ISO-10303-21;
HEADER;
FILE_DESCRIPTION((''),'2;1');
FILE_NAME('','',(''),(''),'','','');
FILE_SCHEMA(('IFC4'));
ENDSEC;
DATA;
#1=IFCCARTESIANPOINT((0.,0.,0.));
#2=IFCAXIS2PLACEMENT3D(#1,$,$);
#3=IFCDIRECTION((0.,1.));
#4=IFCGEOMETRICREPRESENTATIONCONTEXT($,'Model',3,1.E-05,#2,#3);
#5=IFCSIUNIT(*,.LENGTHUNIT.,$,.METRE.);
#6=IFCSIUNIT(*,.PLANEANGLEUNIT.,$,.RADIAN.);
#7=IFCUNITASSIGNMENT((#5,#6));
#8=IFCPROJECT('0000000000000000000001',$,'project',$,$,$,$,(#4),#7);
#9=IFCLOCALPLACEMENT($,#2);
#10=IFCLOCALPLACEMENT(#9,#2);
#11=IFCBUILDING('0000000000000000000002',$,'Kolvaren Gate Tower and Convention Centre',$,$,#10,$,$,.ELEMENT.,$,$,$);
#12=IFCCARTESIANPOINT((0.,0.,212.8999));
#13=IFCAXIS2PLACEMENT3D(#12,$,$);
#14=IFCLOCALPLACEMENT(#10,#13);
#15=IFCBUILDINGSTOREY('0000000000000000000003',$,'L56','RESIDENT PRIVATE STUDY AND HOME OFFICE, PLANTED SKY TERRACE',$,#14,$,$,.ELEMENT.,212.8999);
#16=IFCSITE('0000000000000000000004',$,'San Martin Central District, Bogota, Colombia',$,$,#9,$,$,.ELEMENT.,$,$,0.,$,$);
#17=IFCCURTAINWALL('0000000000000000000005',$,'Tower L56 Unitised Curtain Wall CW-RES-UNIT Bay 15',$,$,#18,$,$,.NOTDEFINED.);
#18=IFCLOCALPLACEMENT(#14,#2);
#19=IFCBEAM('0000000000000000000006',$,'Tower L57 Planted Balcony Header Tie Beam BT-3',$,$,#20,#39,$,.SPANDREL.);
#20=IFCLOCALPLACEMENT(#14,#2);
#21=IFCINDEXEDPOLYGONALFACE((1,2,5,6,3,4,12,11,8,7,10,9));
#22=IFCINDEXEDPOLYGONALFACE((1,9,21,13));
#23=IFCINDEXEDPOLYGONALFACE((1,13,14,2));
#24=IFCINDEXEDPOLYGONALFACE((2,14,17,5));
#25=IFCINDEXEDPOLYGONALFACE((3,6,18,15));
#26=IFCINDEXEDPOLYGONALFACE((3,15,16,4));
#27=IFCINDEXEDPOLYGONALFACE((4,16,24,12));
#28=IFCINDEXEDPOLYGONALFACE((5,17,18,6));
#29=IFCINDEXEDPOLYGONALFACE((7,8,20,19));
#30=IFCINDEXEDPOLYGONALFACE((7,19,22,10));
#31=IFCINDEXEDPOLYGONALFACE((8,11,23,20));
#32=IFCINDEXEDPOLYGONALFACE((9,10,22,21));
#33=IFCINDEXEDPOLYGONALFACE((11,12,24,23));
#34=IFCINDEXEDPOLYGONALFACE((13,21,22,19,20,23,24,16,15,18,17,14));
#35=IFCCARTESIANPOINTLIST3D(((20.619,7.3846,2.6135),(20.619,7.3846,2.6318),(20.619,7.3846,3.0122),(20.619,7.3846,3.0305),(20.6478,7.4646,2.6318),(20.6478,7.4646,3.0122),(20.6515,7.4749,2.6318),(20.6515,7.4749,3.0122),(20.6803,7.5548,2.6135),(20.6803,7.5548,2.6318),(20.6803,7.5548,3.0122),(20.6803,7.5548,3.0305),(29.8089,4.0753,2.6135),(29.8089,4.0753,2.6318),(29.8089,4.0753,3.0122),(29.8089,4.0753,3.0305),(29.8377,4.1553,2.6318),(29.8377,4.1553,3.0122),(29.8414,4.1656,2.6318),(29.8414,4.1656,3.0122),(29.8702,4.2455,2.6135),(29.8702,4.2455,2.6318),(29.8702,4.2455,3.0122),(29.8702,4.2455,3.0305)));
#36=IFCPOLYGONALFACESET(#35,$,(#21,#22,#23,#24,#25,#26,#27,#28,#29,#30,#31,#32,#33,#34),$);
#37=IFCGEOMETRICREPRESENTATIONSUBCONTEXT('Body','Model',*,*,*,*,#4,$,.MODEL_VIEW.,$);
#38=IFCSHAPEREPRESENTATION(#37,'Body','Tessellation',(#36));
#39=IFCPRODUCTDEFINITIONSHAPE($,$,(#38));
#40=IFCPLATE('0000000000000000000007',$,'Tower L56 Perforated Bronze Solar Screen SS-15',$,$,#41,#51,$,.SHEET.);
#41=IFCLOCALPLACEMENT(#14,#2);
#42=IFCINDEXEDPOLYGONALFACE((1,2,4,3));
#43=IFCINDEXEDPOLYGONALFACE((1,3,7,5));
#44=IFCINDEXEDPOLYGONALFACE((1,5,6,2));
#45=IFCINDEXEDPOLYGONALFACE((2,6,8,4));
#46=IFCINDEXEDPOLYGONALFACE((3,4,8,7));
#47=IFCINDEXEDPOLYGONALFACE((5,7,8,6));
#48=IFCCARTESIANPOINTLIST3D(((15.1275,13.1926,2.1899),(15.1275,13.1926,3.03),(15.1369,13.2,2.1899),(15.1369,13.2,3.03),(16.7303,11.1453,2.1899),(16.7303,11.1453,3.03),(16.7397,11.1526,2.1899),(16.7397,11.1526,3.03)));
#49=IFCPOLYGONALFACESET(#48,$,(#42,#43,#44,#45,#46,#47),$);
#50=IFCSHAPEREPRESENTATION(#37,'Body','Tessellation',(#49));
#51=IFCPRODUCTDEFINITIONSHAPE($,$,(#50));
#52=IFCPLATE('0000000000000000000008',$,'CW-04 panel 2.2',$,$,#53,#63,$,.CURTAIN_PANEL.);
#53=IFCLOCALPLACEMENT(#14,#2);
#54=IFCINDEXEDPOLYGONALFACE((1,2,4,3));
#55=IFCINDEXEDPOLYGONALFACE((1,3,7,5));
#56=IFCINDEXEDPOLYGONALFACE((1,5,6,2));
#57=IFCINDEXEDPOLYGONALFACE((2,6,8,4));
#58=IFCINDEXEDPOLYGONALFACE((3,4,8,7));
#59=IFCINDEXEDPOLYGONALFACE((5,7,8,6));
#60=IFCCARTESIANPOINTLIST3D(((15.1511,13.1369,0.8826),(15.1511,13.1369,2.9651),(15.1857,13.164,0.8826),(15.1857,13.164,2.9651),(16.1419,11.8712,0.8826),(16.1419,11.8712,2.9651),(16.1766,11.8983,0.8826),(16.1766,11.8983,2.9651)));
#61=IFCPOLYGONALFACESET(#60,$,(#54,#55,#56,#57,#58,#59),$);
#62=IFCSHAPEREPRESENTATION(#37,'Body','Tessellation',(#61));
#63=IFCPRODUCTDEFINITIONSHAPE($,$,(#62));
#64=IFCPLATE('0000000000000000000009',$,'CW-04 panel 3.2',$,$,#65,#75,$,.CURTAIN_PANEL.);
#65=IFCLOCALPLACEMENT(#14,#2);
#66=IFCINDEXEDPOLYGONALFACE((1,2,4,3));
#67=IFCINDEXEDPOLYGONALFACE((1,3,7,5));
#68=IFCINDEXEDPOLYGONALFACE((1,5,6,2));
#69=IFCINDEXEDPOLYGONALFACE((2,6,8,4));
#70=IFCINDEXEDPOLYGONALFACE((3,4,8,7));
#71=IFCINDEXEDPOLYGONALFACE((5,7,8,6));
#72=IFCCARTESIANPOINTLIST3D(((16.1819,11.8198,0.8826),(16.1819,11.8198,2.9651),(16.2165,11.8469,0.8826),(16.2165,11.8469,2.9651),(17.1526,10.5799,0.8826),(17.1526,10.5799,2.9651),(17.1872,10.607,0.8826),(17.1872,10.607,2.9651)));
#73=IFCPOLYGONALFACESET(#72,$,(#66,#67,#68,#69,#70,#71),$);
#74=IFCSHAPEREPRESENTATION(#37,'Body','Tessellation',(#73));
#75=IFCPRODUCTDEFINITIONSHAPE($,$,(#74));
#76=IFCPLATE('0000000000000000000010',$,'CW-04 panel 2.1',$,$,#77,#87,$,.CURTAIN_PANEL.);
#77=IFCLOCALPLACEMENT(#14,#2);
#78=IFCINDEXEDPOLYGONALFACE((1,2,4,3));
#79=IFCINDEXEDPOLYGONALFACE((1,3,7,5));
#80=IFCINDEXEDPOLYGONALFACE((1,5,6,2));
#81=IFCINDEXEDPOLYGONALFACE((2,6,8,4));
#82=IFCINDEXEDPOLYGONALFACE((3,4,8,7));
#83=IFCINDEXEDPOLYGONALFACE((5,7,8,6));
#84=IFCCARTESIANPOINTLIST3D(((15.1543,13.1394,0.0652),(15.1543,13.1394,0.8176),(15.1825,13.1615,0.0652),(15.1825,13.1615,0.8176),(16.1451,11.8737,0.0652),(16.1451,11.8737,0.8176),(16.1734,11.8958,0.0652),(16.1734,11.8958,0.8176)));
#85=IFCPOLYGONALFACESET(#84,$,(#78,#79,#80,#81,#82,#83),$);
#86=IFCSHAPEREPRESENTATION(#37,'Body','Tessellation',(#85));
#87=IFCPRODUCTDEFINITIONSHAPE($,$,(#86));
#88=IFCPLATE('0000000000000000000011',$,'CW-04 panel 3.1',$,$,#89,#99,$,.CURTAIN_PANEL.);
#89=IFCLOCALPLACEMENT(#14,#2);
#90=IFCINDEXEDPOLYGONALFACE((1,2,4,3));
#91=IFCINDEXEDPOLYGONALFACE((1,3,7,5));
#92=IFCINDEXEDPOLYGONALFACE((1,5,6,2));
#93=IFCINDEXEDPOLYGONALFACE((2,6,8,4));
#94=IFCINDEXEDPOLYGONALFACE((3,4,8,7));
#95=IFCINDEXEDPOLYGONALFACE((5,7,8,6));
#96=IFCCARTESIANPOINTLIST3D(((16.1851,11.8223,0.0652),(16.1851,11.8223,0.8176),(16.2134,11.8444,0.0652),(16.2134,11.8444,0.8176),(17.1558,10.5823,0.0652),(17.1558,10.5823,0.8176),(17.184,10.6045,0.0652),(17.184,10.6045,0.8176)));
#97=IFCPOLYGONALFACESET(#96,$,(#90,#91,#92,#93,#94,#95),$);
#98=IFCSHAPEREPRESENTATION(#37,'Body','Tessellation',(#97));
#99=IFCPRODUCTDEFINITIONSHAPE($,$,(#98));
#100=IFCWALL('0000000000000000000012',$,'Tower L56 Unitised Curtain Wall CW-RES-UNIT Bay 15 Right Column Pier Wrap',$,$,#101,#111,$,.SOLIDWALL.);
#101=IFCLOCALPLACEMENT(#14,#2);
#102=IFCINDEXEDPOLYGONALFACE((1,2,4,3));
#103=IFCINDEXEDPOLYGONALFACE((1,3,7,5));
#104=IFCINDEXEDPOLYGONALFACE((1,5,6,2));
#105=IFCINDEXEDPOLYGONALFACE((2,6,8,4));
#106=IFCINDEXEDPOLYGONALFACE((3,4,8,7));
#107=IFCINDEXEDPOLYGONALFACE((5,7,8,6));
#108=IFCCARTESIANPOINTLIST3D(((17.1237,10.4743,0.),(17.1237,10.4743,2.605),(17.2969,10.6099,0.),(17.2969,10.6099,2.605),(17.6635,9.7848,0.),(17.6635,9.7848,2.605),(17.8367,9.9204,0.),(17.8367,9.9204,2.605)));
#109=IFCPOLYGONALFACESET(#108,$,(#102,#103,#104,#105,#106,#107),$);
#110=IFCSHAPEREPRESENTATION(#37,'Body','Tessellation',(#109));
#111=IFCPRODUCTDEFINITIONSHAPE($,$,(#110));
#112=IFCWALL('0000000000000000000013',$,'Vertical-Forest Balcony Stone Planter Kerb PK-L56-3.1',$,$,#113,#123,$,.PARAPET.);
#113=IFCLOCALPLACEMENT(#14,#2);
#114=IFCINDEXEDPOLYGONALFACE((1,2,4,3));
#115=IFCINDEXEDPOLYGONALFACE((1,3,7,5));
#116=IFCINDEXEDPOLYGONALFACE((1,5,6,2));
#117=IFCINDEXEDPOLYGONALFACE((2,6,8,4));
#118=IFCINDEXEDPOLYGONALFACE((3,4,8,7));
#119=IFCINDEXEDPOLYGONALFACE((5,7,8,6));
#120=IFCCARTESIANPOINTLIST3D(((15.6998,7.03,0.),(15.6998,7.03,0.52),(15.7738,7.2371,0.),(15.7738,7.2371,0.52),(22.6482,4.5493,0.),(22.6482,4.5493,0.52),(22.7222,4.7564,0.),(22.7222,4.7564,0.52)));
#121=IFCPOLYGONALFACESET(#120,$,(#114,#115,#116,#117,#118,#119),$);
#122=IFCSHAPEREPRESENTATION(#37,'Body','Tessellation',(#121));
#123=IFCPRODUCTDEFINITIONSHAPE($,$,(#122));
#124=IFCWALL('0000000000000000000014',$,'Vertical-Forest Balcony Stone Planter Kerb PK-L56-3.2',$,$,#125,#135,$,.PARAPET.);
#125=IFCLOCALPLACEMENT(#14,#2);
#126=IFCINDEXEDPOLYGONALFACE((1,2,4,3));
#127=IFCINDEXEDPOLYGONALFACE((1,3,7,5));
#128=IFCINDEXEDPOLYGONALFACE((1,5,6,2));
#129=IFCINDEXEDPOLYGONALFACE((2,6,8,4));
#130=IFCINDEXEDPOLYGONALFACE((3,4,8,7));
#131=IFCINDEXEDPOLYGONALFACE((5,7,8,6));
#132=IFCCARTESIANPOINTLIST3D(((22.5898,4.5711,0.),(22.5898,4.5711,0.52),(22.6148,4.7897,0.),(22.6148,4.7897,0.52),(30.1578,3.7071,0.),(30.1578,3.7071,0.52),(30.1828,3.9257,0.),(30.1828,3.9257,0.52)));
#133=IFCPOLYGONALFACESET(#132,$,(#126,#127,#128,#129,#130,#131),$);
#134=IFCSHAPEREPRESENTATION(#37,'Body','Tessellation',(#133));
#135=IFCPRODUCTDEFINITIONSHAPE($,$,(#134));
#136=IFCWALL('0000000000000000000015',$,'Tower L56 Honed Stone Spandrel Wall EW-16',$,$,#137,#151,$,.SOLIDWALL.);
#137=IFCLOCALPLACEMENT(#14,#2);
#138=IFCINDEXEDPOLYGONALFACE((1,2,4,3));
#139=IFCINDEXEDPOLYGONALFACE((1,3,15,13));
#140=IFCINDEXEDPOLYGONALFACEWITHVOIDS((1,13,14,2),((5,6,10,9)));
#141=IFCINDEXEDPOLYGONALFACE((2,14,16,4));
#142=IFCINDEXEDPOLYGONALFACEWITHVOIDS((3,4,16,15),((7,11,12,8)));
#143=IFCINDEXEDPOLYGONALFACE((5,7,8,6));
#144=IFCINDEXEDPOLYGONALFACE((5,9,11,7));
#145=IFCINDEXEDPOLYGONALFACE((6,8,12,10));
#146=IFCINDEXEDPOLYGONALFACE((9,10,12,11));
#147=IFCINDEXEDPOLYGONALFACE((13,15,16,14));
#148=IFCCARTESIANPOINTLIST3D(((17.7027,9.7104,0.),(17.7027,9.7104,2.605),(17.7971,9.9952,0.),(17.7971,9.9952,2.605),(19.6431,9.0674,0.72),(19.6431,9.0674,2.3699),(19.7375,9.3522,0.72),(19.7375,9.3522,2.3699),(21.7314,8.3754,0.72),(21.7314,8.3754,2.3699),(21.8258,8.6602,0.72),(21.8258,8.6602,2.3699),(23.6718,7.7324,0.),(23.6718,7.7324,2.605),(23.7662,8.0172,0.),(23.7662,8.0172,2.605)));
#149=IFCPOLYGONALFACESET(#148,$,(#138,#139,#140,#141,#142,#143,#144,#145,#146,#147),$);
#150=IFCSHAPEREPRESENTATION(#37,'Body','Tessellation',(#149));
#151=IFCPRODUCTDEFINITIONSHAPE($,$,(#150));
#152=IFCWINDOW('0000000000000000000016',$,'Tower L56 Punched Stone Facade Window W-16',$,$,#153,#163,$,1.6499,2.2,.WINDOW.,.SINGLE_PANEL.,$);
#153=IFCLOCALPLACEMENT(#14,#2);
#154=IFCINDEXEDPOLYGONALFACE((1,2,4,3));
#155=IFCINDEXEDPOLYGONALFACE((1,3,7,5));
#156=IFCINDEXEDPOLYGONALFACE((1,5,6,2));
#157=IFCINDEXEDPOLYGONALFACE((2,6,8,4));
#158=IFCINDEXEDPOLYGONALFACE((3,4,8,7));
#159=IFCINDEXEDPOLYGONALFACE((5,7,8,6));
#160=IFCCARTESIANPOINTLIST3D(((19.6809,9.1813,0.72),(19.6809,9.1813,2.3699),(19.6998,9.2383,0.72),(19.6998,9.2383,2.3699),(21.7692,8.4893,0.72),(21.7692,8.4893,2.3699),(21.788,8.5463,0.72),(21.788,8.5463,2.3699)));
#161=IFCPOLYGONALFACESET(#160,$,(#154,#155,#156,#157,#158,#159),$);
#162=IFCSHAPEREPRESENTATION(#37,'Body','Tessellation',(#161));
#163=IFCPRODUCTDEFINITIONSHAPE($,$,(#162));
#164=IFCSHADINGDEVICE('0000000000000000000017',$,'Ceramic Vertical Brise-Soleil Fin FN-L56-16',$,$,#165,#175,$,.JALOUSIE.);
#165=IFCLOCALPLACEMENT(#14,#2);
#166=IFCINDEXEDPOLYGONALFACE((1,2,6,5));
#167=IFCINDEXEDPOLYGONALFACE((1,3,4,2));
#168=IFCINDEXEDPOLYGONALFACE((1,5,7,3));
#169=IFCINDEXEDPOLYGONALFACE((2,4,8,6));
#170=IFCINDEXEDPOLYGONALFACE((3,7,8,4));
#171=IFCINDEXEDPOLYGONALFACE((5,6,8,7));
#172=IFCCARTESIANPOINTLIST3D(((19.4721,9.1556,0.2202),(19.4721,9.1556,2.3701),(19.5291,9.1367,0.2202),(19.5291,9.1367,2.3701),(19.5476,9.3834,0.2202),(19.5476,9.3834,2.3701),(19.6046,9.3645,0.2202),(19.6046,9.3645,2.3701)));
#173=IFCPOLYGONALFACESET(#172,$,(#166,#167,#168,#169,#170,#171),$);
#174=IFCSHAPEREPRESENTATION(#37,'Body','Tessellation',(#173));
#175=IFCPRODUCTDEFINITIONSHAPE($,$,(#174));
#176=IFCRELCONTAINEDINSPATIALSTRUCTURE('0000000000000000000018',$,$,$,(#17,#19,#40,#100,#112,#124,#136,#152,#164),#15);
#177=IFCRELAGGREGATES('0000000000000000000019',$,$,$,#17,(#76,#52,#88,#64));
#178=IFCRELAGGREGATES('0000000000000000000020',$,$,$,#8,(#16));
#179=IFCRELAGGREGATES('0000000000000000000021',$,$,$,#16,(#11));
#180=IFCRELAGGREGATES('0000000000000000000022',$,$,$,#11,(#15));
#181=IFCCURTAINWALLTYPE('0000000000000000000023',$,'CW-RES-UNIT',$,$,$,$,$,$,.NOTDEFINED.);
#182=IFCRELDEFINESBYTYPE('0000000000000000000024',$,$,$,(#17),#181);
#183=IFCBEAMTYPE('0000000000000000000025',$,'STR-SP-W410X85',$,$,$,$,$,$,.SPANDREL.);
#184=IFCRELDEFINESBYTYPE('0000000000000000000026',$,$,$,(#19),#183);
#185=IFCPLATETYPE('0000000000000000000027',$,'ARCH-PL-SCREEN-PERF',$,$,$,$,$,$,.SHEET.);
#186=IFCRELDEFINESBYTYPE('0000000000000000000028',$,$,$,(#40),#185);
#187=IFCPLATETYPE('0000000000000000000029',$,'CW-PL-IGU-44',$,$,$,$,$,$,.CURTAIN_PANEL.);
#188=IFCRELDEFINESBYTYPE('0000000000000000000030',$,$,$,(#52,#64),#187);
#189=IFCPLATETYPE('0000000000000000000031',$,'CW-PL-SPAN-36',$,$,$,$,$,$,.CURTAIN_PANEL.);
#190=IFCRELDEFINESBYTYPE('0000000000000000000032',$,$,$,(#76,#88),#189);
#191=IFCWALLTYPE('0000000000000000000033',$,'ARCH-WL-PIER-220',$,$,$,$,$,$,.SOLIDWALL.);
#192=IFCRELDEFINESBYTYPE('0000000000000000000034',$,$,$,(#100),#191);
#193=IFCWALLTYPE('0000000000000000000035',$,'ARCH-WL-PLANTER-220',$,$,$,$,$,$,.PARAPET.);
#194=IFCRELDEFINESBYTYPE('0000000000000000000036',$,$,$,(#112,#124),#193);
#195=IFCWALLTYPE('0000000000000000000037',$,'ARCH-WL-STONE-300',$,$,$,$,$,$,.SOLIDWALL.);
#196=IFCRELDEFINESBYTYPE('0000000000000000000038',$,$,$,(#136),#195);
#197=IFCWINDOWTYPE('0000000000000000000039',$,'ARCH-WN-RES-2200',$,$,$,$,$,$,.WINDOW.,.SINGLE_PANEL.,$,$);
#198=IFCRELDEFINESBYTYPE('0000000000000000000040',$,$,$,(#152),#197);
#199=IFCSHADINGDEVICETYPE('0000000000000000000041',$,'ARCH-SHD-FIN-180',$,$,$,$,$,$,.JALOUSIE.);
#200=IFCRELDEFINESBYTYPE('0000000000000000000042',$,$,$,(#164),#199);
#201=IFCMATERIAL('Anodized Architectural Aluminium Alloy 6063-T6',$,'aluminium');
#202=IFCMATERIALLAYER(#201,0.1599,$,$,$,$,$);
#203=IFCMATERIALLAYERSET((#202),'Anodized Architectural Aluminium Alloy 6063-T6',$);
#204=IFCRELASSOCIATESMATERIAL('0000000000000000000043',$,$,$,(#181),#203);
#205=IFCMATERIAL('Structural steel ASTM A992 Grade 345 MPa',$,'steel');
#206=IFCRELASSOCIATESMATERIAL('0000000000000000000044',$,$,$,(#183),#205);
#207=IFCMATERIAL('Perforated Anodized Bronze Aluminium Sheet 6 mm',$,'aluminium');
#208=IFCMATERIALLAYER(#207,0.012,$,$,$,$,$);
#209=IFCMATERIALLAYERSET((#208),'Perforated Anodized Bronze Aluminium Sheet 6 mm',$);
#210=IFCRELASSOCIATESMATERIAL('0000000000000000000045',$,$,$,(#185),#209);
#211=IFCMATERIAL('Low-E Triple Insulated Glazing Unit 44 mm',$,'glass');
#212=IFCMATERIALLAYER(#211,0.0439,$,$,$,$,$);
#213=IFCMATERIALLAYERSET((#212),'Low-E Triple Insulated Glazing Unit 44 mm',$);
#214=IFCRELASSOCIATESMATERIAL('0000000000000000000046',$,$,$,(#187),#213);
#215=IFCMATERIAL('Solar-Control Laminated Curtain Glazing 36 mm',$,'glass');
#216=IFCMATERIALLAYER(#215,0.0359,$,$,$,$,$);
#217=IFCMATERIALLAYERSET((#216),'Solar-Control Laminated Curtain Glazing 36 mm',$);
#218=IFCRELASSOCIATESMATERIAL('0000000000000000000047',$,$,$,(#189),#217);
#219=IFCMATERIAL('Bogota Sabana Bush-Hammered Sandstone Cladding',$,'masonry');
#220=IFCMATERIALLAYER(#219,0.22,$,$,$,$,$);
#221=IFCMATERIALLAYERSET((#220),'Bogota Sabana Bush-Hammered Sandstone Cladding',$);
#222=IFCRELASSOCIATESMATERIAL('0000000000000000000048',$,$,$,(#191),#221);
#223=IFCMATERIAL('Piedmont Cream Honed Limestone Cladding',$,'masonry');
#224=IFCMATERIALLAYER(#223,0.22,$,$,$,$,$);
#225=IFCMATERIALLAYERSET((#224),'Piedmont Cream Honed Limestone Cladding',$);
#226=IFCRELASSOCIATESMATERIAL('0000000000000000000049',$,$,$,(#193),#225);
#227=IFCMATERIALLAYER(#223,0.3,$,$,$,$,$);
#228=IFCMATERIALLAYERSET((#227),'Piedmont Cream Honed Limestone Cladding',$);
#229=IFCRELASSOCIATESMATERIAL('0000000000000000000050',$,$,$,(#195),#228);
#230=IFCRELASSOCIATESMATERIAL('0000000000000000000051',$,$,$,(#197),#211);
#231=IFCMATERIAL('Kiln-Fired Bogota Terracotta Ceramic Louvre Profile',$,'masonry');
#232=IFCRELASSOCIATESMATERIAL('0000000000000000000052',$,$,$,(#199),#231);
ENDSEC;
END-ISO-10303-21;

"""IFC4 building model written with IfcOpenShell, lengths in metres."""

from ifc_helpers import new_model, si_unit, direction, frame, frame_2d, origin, origin_2d, place, context, subcontext, project, spatial, rectangle, i_section, extrude, material, layer, layer_set, material_profile, profile_set, type_object, element, fill, aggregate, save


model = new_model("IFC4")

# Units and contexts
model_context = context("Model", 3, precision=1e-05, world=origin(), true_north=direction((0.0, 1.0)))
body_context = subcontext(model_context, "Body", "Model", "MODEL_VIEW")
ifc_project = project(units=[si_unit("LENGTHUNIT", "METRE"), si_unit("PLANEANGLEUNIT", "RADIAN")], contexts=[model_context])

# Site, building, storey
site_placement = place(None, origin())
site = spatial("IfcSite", under=ifc_project, at=site_placement, Name="San Martin Central District, Bogota, Colombia", CompositionType="ELEMENT", RefElevation=0.0)
building_placement = place(site_placement, origin())
building = spatial("IfcBuilding", under=site, at=building_placement, Name="Kolvaren Gate Tower and Convention Centre", CompositionType="ELEMENT")
storey_placement = place(building_placement, frame((0.0, 0.0, 212.8999)))
storey = spatial("IfcBuildingStorey", under=building, at=storey_placement, Name="L56", Description="RESIDENT PRIVATE STUDY AND HOME OFFICE, PLANTED SKY TERRACE", CompositionType="ELEMENT", Elevation=212.8999)

# Curtain wall
ifc_material_1 = material(Name="Anodized Architectural Aluminium Alloy 6063-T6", Category="aluminium")
ifc_layer_1 = layer(ifc_material_1, 0.1599)
ifc_layer_set_1 = layer_set([ifc_layer_1], Name="Anodized Architectural Aluminium Alloy 6063-T6")
curtain_wall_type = type_object("IfcCurtainWallType", Name="CW-RES-UNIT", PredefinedType="NOTDEFINED", material=ifc_layer_set_1)
curtain_wall_placement = place(storey_placement, origin())
curtain_wall = element("IfcCurtainWall", 1, at=curtain_wall_placement, inside=storey, type_object=curtain_wall_type, Name="Tower L56 Unitised Curtain Wall CW-RES-UNIT Bay 15", PredefinedType="NOTDEFINED")

# Beam
ifc_material_2 = material(Name="Structural steel ASTM A992 Grade 345 MPa", Category="steel")
ifc_material_profile_1 = material_profile(ifc_material_2, i_section(OverallWidth=0.1809, OverallDepth=0.417, WebThickness=0.011, FlangeThickness=0.0183, at=origin_2d()), Name="W410X85")
ifc_profile_set_1 = profile_set([ifc_material_profile_1], Name="Structural steel ASTM A992 Grade 345 MPa")
beam_type_1 = type_object("IfcBeamType", Name="STR-SP-W410X85", PredefinedType="SPANDREL", material=ifc_profile_set_1)
beam_1_placement = place(storey_placement, frame((20.6497, 7.4697, 2.822), z_axis=(0.940857, -0.338805, 0.0), x_axis=(0.338805, 0.940857, 0.0)))
element("IfcBeam", 2, at=beam_1_placement, inside=storey, type_object=beam_type_1, Name="Tower L57 Planted Balcony Header Tie Beam BT-3", PredefinedType="SPANDREL", context=body_context, shape_type="SweptSolid", body=[
    extrude(i_section(OverallWidth=0.1809, OverallDepth=0.417, WebThickness=0.011, FlangeThickness=0.0183, at=origin_2d()), origin(), (0.0, 0.0, 1.0), 9.7676),
])

# Plates
ifc_material_3 = material(Name="Perforated Anodized Bronze Aluminium Sheet 6 mm", Category="aluminium")
ifc_layer_2 = layer(ifc_material_3, 0.012)
ifc_layer_set_2 = layer_set([ifc_layer_2], Name="Perforated Anodized Bronze Aluminium Sheet 6 mm")
plate_type_1 = type_object("IfcPlateType", Name="ARCH-PL-SCREEN-PERF", PredefinedType="SHEET", material=ifc_layer_set_2)
plate_1_placement = place(storey_placement, frame((15.9336, 12.1726, 2.1899), z_axis=(0.0, 0.0, 1.0), x_axis=(0.616434, -0.787406, 0.0)))
element("IfcPlate", 3, at=plate_1_placement, inside=storey, type_object=plate_type_1, Name="Tower L56 Perforated Bronze Solar Screen SS-15", PredefinedType="SHEET", context=body_context, shape_type="SweptSolid", body=[
    extrude(rectangle(XDim=2.6001, YDim=0.012, at=origin_2d()), origin(), (0.0, 0.0, 1.0), 0.8401),
])
ifc_material_4 = material(Name="Low-E Triple Insulated Glazing Unit 44 mm", Category="glass")
ifc_layer_3 = layer(ifc_material_4, 0.0439)
ifc_layer_set_3 = layer_set([ifc_layer_3], Name="Low-E Triple Insulated Glazing Unit 44 mm")
plate_type_2 = type_object("IfcPlateType", Name="CW-PL-IGU-44", PredefinedType="CURTAIN_PANEL", material=ifc_layer_set_3)
plate_2_placement = place(storey_placement, frame((15.6638, 12.5176, 0.8826), z_axis=(0.0, 0.0, 1.0), x_axis=(0.61643, -0.78741, 0.0)))
plate_2 = element("IfcPlate", 4, at=plate_2_placement, type_object=plate_type_2, Name="CW-04 panel 2.2", PredefinedType="CURTAIN_PANEL", context=body_context, shape_type="SweptSolid", body=[
    extrude(rectangle(XDim=1.6074, YDim=0.0439, at=origin_2d()), origin(), (0.0, 0.0, 1.0), 2.0825),
])
plate_3_placement = place(storey_placement, frame((16.6846, 11.2134, 0.8826), z_axis=(0.0, 0.0, 1.0), x_axis=(0.61643, -0.78741, 0.0)))
plate_3 = element("IfcPlate", 5, at=plate_3_placement, type_object=plate_type_2, Name="CW-04 panel 3.2", PredefinedType="CURTAIN_PANEL", context=body_context, shape_type="SweptSolid", body=[
    extrude(rectangle(XDim=1.5747, YDim=0.0439, at=origin_2d()), origin(), (0.0, 0.0, 1.0), 2.0825),
])
ifc_material_5 = material(Name="Solar-Control Laminated Curtain Glazing 36 mm", Category="glass")
ifc_layer_4 = layer(ifc_material_5, 0.0359)
ifc_layer_set_4 = layer_set([ifc_layer_4], Name="Solar-Control Laminated Curtain Glazing 36 mm")
plate_type_3 = type_object("IfcPlateType", Name="CW-PL-SPAN-36", PredefinedType="CURTAIN_PANEL", material=ifc_layer_set_4)
plate_4_placement = place(storey_placement, frame((15.6638, 12.5176, 0.0652), z_axis=(0.0, 0.0, 1.0), x_axis=(0.61643, -0.78741, 0.0)))
plate_4 = element("IfcPlate", 6, at=plate_4_placement, type_object=plate_type_3, Name="CW-04 panel 2.1", PredefinedType="CURTAIN_PANEL", context=body_context, shape_type="SweptSolid", body=[
    extrude(rectangle(XDim=1.6074, YDim=0.0359, at=origin_2d()), origin(), (0.0, 0.0, 1.0), 0.7524),
])
plate_5_placement = place(storey_placement, frame((16.6846, 11.2134, 0.0652), z_axis=(0.0, 0.0, 1.0), x_axis=(0.61643, -0.78741, 0.0)))
plate_5 = element("IfcPlate", 7, at=plate_5_placement, type_object=plate_type_3, Name="CW-04 panel 3.1", PredefinedType="CURTAIN_PANEL", context=body_context, shape_type="SweptSolid", body=[
    extrude(rectangle(XDim=1.5747, YDim=0.0359, at=origin_2d()), origin(), (0.0, 0.0, 1.0), 0.7524),
])
aggregate(curtain_wall, [plate_4, plate_2, plate_5, plate_3])

# Walls
ifc_material_6 = material(Name="Bogota Sabana Bush-Hammered Sandstone Cladding", Category="masonry")
ifc_layer_5 = layer(ifc_material_6, 0.22)
ifc_layer_set_5 = layer_set([ifc_layer_5], Name="Bogota Sabana Bush-Hammered Sandstone Cladding")
wall_type_1 = type_object("IfcWallType", Name="ARCH-WL-PIER-220", PredefinedType="SOLIDWALL", material=ifc_layer_set_5)
wall_1_placement = place(storey_placement, frame((17.2102, 10.5422, 0.0), z_axis=(0.0, 0.0, 1.0), x_axis=(0.616466, -0.787381, 0.0)))
element("IfcWall", 8, at=wall_1_placement, inside=storey, type_object=wall_type_1, Name="Tower L56 Unitised Curtain Wall CW-RES-UNIT Bay 15 Right Column Pier Wrap", PredefinedType="SOLIDWALL", context=body_context, shape_type="SweptSolid", body=[
    extrude(rectangle(XDim=0.8757, YDim=0.22, at=frame_2d((0.438, 0.0))), origin(), (0.0, 0.0, 1.0), 2.605),
])
ifc_material_7 = material(Name="Piedmont Cream Honed Limestone Cladding", Category="masonry")
ifc_layer_6 = layer(ifc_material_7, 0.22)
ifc_layer_set_6 = layer_set([ifc_layer_6], Name="Piedmont Cream Honed Limestone Cladding")
wall_type_2 = type_object("IfcWallType", Name="ARCH-WL-PLANTER-220", PredefinedType="PARAPET", material=ifc_layer_set_6)
wall_2_placement = place(storey_placement, frame((15.7368, 7.1335, 0.0), z_axis=(0.0, 0.0, 1.0), x_axis=(0.94178, -0.336229, 0.0)))
element("IfcWall", 9, at=wall_2_placement, inside=storey, type_object=wall_type_2, Name="Vertical-Forest Balcony Stone Planter Kerb PK-L56-3.1", PredefinedType="PARAPET", context=body_context, shape_type="SweptSolid", body=[
    extrude(rectangle(XDim=7.3779, YDim=0.22, at=frame_2d((3.689, 0.0))), origin(), (0.0, 0.0, 1.0), 0.52),
])
wall_3_placement = place(storey_placement, frame((22.6023, 4.6804, 0.0), z_axis=(0.0, 0.0, 1.0), x_axis=(0.993546, -0.113428, 0.0)))
element("IfcWall", 10, at=wall_3_placement, inside=storey, type_object=wall_type_2, Name="Vertical-Forest Balcony Stone Planter Kerb PK-L56-3.2", PredefinedType="PARAPET", context=body_context, shape_type="SweptSolid", body=[
    extrude(rectangle(XDim=7.6172, YDim=0.22, at=frame_2d((3.8086, 0.0))), origin(), (0.0, 0.0, 1.0), 0.52),
])

# Wall, opening, window
ifc_layer_7 = layer(ifc_material_7, 0.3)
ifc_layer_set_7 = layer_set([ifc_layer_7], Name="Piedmont Cream Honed Limestone Cladding")
wall_type_3 = type_object("IfcWallType", Name="ARCH-WL-STONE-300", PredefinedType="SOLIDWALL", material=ifc_layer_set_7)
wall_4_placement = place(storey_placement, frame((17.75, 9.8528, 0.0), z_axis=(0.0, 0.0, 1.0), x_axis=(0.949241, -0.31455, 0.0)))
wall_4 = element("IfcWall", 11, at=wall_4_placement, inside=storey, type_object=wall_type_3, Name="Tower L56 Honed Stone Spandrel Wall EW-16", PredefinedType="SOLIDWALL", context=body_context, shape_type="SweptSolid", body=[
    extrude(rectangle(XDim=6.2883, YDim=0.3, at=frame_2d((3.144, 0.0))), origin(), (0.0, 0.0, 1.0), 2.605),
])
opening_placement = place(wall_4_placement, frame((2.0439, 0.0, 0.72)))
opening = element("IfcOpeningElement", 12, at=opening_placement, cuts=wall_4, PredefinedType="OPENING", context=body_context, shape_type="SweptSolid", body=[
    extrude(rectangle(XDim=2.2, YDim=1.6499, at=frame_2d((1.1001, 0.825))), frame((0.0, 0.1599, 0.0), z_axis=(0.0, -1.0, 0.0), x_axis=(1.0, 0.0, 0.0)), (0.0, 0.0, 1.0), 0.3201),
])
window_type = type_object("IfcWindowType", Name="ARCH-WN-RES-2200", PartitioningType="SINGLE_PANEL", PredefinedType="WINDOW", material=ifc_material_4)
window_placement = place(opening_placement, origin())
window = element("IfcWindow", 13, at=window_placement, inside=storey, type_object=window_type, Name="Tower L56 Punched Stone Facade Window W-16", OverallHeight=1.6499, OverallWidth=2.2, PartitioningType="SINGLE_PANEL", PredefinedType="WINDOW", context=body_context, shape_type="SweptSolid", body=[
    extrude(rectangle(XDim=2.2, YDim=1.6499, at=frame_2d((1.1001, 0.825))), frame((0.0, 0.03, 0.0), z_axis=(0.0, -1.0, 0.0), x_axis=(1.0, 0.0, 0.0)), (0.0, 0.0, 1.0), 0.0601),
])
fill(opening, window)

# Shading device
ifc_material_8 = material(Name="Kiln-Fired Bogota Terracotta Ceramic Louvre Profile", Category="masonry")
shading_device_type = type_object("IfcShadingDeviceType", Name="ARCH-SHD-FIN-180", PredefinedType="JALOUSIE", material=ifc_material_8)
shading_device_placement = place(storey_placement, frame((19.5383, 9.26, 0.2202), z_axis=(0.0, 0.0, 1.0), x_axis=(0.949242, -0.314548, 0.0)))
element("IfcShadingDevice", 14, at=shading_device_placement, inside=storey, type_object=shading_device_type, Name="Ceramic Vertical Brise-Soleil Fin FN-L56-16", PredefinedType="JALOUSIE", context=body_context, shape_type="SweptSolid", body=[
    extrude(rectangle(XDim=0.0601, YDim=0.24, at=origin_2d()), origin(), (0.0, 0.0, 1.0), 2.1499),
])

save(model, "model.ifc")
